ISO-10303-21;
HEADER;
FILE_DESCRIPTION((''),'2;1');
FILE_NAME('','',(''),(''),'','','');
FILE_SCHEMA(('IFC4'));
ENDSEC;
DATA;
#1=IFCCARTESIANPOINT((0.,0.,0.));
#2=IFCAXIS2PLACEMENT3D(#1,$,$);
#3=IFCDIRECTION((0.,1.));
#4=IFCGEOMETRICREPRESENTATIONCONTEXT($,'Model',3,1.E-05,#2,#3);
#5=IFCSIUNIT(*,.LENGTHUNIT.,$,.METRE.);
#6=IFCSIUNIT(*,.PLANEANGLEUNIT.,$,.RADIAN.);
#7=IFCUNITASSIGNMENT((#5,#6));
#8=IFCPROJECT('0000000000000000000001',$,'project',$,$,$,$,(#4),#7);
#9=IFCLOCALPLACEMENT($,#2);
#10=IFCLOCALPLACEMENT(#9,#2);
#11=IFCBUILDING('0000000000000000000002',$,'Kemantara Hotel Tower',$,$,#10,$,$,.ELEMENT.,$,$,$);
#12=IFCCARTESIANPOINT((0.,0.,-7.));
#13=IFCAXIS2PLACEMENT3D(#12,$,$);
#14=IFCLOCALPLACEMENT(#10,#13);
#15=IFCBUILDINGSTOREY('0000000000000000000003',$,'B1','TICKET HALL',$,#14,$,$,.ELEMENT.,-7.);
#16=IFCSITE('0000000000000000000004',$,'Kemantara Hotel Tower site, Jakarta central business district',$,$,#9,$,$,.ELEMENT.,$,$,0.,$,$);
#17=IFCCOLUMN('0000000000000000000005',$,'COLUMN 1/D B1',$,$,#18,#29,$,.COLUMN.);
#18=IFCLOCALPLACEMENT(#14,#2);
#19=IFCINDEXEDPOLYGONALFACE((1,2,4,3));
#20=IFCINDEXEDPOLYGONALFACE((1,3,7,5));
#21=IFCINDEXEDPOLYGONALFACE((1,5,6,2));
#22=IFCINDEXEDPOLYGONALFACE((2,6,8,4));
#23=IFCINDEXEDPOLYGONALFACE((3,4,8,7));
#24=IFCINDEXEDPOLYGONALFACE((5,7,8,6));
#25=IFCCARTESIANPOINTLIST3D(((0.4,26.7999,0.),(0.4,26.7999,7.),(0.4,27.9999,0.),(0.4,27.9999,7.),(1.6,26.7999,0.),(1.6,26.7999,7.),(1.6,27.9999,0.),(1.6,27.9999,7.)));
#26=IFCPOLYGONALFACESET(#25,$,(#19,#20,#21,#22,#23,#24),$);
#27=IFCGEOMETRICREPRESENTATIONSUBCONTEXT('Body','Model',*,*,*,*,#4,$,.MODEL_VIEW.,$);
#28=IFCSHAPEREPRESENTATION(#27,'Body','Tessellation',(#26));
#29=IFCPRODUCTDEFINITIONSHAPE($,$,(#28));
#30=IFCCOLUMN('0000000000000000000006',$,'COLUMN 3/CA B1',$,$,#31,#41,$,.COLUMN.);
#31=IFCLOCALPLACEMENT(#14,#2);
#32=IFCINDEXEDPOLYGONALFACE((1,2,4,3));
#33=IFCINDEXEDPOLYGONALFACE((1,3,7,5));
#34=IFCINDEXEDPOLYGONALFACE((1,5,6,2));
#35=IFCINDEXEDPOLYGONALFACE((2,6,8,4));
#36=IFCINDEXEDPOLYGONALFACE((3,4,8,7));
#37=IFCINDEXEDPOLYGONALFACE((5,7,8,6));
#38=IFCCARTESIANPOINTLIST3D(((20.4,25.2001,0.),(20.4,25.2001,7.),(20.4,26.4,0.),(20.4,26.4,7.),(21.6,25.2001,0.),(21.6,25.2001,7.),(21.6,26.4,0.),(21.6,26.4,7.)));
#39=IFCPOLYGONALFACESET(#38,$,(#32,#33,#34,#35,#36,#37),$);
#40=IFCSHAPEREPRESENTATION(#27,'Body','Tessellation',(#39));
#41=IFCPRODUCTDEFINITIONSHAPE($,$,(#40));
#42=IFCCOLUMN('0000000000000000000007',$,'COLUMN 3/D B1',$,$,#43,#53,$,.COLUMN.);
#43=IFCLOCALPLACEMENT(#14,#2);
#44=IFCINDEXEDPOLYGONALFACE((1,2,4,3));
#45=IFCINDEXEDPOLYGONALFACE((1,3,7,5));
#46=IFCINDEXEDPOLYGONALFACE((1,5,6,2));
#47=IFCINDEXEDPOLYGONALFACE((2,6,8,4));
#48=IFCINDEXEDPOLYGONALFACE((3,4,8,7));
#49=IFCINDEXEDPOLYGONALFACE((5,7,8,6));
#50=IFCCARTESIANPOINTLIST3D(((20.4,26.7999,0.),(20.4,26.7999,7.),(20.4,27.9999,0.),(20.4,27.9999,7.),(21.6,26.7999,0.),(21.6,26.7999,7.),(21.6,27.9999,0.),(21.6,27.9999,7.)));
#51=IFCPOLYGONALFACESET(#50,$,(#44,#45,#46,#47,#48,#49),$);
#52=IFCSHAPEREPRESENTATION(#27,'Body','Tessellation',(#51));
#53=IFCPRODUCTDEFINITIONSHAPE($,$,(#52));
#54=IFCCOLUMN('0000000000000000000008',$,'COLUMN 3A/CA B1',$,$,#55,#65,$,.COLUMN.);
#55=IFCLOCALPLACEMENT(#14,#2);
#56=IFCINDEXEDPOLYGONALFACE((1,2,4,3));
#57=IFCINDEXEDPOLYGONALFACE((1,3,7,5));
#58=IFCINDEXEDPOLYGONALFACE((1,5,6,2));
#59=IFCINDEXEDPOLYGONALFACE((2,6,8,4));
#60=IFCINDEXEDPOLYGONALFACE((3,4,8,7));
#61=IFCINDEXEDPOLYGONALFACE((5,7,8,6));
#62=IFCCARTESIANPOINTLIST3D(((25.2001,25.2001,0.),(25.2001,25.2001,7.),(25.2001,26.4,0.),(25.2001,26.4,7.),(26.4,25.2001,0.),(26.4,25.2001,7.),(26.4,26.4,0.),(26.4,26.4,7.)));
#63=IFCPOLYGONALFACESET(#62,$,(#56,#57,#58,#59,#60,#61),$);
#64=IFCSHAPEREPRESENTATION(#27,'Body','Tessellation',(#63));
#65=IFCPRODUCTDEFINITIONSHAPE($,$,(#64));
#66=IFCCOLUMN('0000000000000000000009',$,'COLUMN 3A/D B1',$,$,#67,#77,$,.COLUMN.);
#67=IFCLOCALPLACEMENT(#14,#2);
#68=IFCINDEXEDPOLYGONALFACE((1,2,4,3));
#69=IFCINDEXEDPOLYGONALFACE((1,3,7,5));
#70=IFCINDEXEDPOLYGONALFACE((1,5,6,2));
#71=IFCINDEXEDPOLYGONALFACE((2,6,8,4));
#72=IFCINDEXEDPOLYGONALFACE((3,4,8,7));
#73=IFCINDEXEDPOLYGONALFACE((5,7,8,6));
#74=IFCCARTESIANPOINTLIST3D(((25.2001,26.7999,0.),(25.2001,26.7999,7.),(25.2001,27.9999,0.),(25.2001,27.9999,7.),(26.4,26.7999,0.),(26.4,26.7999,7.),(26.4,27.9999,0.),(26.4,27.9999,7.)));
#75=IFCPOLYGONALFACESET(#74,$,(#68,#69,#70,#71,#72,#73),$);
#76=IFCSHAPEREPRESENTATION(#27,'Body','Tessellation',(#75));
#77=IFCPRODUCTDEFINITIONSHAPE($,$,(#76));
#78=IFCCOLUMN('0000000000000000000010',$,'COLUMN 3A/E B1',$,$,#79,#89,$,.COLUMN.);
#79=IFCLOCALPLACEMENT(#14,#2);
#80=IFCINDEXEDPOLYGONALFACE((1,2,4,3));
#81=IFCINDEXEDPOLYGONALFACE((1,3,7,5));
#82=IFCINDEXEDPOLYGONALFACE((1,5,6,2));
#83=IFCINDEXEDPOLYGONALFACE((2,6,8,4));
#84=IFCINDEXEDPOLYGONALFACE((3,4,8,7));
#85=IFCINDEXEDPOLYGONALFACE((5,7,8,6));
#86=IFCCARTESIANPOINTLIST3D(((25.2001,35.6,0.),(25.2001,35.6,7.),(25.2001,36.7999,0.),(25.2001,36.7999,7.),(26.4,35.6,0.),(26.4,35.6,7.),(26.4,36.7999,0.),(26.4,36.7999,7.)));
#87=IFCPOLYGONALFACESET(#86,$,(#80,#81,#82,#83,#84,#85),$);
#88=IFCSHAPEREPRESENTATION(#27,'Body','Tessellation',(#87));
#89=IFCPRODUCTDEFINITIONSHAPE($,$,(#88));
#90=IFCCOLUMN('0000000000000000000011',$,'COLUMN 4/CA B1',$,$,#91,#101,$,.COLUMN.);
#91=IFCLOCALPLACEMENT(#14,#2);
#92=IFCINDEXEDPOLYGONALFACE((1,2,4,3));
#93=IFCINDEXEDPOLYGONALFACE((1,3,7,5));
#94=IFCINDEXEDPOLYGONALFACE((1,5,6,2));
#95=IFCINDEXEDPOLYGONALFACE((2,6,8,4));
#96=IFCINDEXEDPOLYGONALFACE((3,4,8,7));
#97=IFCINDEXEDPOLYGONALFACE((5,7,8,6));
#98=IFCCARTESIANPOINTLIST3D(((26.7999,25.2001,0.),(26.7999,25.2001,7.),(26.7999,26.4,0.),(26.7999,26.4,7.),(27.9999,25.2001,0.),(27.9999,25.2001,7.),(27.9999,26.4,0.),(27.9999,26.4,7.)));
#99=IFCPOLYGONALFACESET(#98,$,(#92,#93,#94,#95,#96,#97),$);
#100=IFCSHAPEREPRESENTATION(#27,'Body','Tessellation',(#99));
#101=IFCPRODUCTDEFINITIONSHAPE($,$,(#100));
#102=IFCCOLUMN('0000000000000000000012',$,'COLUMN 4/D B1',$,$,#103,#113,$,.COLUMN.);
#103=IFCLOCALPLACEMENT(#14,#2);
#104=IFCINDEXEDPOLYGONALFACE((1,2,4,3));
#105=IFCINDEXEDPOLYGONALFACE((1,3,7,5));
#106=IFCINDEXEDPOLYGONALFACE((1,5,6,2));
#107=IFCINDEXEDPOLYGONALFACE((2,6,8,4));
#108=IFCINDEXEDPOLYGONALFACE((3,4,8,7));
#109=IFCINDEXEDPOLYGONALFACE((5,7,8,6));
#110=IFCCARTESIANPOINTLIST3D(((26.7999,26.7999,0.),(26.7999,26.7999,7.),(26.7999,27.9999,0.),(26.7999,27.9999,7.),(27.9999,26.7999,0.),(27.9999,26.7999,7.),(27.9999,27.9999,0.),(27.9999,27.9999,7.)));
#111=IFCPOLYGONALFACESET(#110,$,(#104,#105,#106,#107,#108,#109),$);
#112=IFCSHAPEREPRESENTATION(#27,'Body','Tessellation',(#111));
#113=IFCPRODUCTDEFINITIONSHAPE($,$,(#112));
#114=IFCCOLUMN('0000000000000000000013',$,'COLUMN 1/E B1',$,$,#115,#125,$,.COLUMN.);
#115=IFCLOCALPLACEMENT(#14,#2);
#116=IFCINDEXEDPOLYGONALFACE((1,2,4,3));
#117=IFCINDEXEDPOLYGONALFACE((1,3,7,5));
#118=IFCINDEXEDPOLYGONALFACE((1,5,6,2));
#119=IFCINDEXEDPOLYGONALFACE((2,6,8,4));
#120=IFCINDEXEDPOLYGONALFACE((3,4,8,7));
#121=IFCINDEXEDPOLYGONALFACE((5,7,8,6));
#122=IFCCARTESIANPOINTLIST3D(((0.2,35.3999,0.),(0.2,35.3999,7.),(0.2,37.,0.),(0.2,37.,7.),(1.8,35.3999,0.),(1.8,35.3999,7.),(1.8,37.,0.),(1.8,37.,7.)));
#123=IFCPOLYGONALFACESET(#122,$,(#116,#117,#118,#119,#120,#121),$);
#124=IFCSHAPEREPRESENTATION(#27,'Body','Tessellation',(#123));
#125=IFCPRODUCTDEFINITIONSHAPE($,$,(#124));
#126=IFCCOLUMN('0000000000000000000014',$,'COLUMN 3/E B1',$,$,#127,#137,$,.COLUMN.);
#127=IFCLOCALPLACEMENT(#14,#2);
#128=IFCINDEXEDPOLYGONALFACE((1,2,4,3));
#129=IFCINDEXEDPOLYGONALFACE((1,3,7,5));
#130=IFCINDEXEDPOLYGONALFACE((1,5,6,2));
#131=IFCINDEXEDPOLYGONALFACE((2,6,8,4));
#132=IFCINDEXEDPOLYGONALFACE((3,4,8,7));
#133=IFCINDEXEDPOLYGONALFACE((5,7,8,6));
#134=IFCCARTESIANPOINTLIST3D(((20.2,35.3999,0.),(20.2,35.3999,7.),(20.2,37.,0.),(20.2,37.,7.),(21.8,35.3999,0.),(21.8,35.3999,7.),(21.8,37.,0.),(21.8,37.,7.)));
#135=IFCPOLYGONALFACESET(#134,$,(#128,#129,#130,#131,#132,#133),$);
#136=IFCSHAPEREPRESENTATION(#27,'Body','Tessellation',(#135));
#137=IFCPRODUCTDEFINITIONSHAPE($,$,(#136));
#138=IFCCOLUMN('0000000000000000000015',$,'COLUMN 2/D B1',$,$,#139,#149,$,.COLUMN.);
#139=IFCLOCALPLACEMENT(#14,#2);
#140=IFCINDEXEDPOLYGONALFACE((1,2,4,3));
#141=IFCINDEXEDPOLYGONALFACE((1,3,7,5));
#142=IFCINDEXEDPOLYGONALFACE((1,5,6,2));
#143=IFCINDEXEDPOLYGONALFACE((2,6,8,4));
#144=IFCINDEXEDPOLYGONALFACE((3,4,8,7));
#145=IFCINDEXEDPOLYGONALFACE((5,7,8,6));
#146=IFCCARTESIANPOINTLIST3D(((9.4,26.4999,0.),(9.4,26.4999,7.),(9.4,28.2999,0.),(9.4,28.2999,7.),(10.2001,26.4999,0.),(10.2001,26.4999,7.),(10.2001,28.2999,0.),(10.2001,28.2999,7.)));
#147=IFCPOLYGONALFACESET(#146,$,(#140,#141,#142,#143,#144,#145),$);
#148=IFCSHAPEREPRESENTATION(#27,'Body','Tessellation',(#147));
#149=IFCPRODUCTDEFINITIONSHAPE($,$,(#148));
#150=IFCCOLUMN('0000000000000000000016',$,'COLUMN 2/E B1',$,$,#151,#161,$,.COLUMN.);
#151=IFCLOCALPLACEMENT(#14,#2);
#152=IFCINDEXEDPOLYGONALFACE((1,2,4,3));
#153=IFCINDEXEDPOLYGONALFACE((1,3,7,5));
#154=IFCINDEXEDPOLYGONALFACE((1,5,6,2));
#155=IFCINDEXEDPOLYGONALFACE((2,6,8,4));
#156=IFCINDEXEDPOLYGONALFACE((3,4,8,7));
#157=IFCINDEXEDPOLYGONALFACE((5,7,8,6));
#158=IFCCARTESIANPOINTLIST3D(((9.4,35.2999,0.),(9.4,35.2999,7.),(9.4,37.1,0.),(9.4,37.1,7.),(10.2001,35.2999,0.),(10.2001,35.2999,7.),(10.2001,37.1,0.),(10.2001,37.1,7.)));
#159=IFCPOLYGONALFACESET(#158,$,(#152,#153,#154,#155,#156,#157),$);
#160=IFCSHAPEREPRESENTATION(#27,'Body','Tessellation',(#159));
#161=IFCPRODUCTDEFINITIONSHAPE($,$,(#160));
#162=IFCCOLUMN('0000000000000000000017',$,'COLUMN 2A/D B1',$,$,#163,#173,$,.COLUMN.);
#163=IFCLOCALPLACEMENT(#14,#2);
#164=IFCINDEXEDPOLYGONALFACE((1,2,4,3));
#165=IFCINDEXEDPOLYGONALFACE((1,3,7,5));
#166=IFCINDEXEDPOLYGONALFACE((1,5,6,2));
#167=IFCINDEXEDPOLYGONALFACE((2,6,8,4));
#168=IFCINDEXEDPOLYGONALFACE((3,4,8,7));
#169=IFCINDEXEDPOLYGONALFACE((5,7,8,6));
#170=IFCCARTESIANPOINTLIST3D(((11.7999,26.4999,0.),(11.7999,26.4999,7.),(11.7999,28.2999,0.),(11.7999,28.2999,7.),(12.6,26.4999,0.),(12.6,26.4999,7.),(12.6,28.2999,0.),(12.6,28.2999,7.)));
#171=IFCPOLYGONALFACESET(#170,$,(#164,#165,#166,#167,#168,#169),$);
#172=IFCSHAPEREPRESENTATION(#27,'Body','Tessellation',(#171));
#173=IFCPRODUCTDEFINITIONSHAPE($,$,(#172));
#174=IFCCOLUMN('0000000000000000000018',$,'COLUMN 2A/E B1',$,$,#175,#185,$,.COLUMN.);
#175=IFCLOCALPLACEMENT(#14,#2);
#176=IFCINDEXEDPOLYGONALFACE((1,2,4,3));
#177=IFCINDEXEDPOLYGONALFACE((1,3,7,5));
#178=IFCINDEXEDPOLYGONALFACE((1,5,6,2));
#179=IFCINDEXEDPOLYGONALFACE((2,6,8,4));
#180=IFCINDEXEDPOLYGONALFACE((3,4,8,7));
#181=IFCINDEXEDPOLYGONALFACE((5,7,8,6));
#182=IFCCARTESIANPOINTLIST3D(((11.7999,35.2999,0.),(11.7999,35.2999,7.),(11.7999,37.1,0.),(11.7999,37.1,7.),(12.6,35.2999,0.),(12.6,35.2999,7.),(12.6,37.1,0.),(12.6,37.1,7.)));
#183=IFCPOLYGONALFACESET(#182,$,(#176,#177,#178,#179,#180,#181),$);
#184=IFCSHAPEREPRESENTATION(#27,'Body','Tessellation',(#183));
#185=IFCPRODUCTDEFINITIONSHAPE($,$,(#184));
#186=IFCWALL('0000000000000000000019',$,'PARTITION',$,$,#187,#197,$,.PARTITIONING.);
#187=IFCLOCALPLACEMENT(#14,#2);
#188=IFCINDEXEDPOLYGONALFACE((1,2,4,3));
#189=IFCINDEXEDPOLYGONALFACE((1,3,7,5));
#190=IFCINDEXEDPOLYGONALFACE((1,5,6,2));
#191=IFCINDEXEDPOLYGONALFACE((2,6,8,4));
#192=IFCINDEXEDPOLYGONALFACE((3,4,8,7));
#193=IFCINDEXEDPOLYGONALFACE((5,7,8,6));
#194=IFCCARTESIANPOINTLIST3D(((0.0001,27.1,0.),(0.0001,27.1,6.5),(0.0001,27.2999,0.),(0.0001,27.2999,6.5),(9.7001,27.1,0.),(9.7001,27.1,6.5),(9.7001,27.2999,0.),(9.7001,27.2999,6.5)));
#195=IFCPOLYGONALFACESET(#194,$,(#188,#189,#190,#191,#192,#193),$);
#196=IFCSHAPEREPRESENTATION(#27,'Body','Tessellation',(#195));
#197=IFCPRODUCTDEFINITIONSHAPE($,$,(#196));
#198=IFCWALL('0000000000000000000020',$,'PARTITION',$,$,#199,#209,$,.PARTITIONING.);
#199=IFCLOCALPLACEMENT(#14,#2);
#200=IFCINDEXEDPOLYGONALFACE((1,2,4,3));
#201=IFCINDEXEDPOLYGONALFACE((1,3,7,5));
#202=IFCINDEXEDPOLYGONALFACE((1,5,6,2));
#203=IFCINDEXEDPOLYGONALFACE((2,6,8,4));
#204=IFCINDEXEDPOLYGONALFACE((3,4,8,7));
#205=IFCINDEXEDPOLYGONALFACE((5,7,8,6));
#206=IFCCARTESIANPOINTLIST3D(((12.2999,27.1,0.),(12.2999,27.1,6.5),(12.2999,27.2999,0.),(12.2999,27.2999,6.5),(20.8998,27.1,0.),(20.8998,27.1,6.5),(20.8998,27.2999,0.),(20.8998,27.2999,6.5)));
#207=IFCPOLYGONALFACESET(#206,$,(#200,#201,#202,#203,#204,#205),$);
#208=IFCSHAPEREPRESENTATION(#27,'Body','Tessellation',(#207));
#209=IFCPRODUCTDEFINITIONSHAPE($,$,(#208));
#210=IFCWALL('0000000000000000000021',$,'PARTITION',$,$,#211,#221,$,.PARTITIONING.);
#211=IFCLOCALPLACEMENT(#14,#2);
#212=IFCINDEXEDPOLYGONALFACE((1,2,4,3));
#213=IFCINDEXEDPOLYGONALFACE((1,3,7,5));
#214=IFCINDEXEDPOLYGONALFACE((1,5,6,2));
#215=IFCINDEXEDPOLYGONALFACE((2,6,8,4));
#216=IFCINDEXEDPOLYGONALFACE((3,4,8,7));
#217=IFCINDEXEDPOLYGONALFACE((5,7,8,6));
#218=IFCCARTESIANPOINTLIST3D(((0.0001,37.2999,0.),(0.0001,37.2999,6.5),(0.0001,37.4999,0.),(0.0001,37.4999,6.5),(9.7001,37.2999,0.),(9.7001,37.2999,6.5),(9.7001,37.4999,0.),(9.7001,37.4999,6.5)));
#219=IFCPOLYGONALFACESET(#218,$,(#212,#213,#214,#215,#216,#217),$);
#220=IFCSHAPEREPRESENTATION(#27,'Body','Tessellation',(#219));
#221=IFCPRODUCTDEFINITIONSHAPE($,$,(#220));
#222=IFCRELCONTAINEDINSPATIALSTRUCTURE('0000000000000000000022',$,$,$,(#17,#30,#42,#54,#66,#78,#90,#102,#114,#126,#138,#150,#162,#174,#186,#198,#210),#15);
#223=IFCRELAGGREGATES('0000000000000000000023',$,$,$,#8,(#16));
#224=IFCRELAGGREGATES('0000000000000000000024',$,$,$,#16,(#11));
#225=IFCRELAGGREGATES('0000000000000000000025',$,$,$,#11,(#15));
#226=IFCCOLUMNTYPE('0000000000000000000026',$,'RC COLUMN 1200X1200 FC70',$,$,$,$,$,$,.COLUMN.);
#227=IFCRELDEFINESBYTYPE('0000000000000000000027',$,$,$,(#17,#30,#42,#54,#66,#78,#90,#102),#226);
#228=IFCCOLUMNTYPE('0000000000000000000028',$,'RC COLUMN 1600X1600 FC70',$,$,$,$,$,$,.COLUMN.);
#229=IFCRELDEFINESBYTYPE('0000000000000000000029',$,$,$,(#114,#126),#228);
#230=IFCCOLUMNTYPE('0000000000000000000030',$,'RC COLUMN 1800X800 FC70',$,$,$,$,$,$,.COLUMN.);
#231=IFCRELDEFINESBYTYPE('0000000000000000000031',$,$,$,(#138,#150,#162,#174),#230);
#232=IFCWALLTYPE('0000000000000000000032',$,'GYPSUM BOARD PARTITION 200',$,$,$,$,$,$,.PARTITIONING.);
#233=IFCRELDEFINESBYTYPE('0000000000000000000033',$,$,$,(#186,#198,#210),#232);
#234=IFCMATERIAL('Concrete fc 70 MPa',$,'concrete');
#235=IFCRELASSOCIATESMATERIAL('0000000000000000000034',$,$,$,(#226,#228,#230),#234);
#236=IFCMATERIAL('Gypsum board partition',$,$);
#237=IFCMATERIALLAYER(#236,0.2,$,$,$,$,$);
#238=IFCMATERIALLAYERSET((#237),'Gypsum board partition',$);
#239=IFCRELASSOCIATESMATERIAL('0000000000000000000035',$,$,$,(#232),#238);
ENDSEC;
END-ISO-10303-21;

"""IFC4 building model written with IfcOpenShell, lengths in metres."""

from ifc_helpers import new_model, si_unit, direction, frame, frame_2d, origin, origin_2d, place, context, subcontext, project, spatial, rectangle, extrude, material, layer, layer_set, material_profile, profile_set, type_object, element, save


model = new_model("IFC4")

# Units and contexts
model_context = context("Model", 3, precision=1e-05, world=origin(), true_north=direction((0.0, 1.0)))
body_context = subcontext(model_context, "Body", "Model", "MODEL_VIEW")
ifc_project = project(units=[si_unit("LENGTHUNIT", "METRE"), si_unit("PLANEANGLEUNIT", "RADIAN")], contexts=[model_context])

# Site, building, storey
site_placement = place(None, origin())
site = spatial("IfcSite", under=ifc_project, at=site_placement, Name="Kemantara Hotel Tower site, Jakarta central business district", CompositionType="ELEMENT", RefElevation=0.0)
building_placement = place(site_placement, origin())
building = spatial("IfcBuilding", under=site, at=building_placement, Name="Kemantara Hotel Tower", CompositionType="ELEMENT")
storey_placement = place(building_placement, frame((0.0, 0.0, -7.0)))
storey = spatial("IfcBuildingStorey", under=building, at=storey_placement, Name="B1", Description="TICKET HALL", CompositionType="ELEMENT", Elevation=-7.0)

# Columns
ifc_material_1 = material(Name="Concrete fc 70 MPa", Category="concrete")
ifc_material_profile_1 = material_profile(ifc_material_1, rectangle(XDim=1.2, YDim=1.2, at=origin_2d()), Name="RC 1200X1200")
ifc_profile_set_1 = profile_set([ifc_material_profile_1], Name="Concrete fc 70 MPa")
column_type_1 = type_object("IfcColumnType", Name="RC COLUMN 1200X1200 FC70", PredefinedType="COLUMN", material=ifc_profile_set_1)
for number, where, z_axis, x_axis, name in (
    (1, (1.0, 27.3999, 0.0), (0.0, 0.0, 1.0), (1.0, 0.0, 0.0), "COLUMN 1/D B1"),
    (2, (21.0, 25.8, 0.0), (0.0, 0.0, 1.0), (1.0, 0.0, 0.0), "COLUMN 3/CA B1"),
    (3, (21.0, 27.3999, 0.0), (0.0, 0.0, 1.0), (1.0, 0.0, 0.0), "COLUMN 3/D B1"),
    (4, (25.8, 25.8, 0.0), (0.0, 0.0, 1.0), (1.0, 0.0, 0.0), "COLUMN 3A/CA B1"),
    (5, (25.8, 27.3999, 0.0), (0.0, 0.0, 1.0), (1.0, 0.0, 0.0), "COLUMN 3A/D B1"),
    (6, (25.8, 36.2, 0.0), (0.0, 0.0, 1.0), (1.0, 0.0, 0.0), "COLUMN 3A/E B1"),
    (7, (27.3999, 25.8, 0.0), (0.0, 0.0, 1.0), (1.0, 0.0, 0.0), "COLUMN 4/CA B1"),
    (8, (27.3999, 27.3999, 0.0), (0.0, 0.0, 1.0), (1.0, 0.0, 0.0), "COLUMN 4/D B1"),
):
    element("IfcColumn", number, at=place(storey_placement, frame(where, z_axis=z_axis, x_axis=x_axis)), inside=storey, type_object=column_type_1, Name=name, PredefinedType="COLUMN", context=body_context, shape_type="SweptSolid", body=[
        extrude(rectangle(XDim=1.2, YDim=1.2, at=origin_2d()), origin(), (0.0, 0.0, 1.0), 7.0),
    ])
ifc_material_profile_2 = material_profile(ifc_material_1, rectangle(XDim=1.6001, YDim=1.6001, at=origin_2d()), Name="RC 1600X1600")
ifc_profile_set_2 = profile_set([ifc_material_profile_2], Name="Concrete fc 70 MPa")
column_type_2 = type_object("IfcColumnType", Name="RC COLUMN 1600X1600 FC70", PredefinedType="COLUMN", material=ifc_profile_set_2)
for number, where, z_axis, x_axis, name in (
    (9, (1.0, 36.2, 0.0), (0.0, 0.0, 1.0), (1.0, 0.0, 0.0), "COLUMN 1/E B1"),
    (10, (21.0, 36.2, 0.0), (0.0, 0.0, 1.0), (1.0, 0.0, 0.0), "COLUMN 3/E B1"),
):
    element("IfcColumn", number, at=place(storey_placement, frame(where, z_axis=z_axis, x_axis=x_axis)), inside=storey, type_object=column_type_2, Name=name, PredefinedType="COLUMN", context=body_context, shape_type="SweptSolid", body=[
        extrude(rectangle(XDim=1.6001, YDim=1.6001, at=origin_2d()), origin(), (0.0, 0.0, 1.0), 7.0),
    ])
ifc_material_profile_3 = material_profile(ifc_material_1, rectangle(XDim=1.8, YDim=0.8, at=origin_2d()), Name="RC 1800X800")
ifc_profile_set_3 = profile_set([ifc_material_profile_3], Name="Concrete fc 70 MPa")
column_type_3 = type_object("IfcColumnType", Name="RC COLUMN 1800X800 FC70", PredefinedType="COLUMN", material=ifc_profile_set_3)
for number, where, z_axis, x_axis, name in (
    (11, (9.8, 27.3999, 0.0), (0.0, 0.0, 1.0), (0.0, 1.0, 0.0), "COLUMN 2/D B1"),
    (12, (9.8, 36.2, 0.0), (0.0, 0.0, 1.0), (0.0, 1.0, 0.0), "COLUMN 2/E B1"),
    (13, (12.2, 27.3999, 0.0), (0.0, 0.0, 1.0), (0.0, 1.0, 0.0), "COLUMN 2A/D B1"),
    (14, (12.2, 36.2, 0.0), (0.0, 0.0, 1.0), (0.0, 1.0, 0.0), "COLUMN 2A/E B1"),
):
    element("IfcColumn", number, at=place(storey_placement, frame(where, z_axis=z_axis, x_axis=x_axis)), inside=storey, type_object=column_type_3, Name=name, PredefinedType="COLUMN", context=body_context, shape_type="SweptSolid", body=[
        extrude(rectangle(XDim=1.8, YDim=0.8, at=origin_2d()), origin(), (0.0, 0.0, 1.0), 7.0),
    ])

# Walls
ifc_material_2 = material(Name="Gypsum board partition")
ifc_layer = layer(ifc_material_2, 0.2)
ifc_layer_set = layer_set([ifc_layer], Name="Gypsum board partition")
wall_type = type_object("IfcWallType", Name="GYPSUM BOARD PARTITION 200", PredefinedType="PARTITIONING", material=ifc_layer_set)
wall_1_placement = place(storey_placement, frame((0.0, 27.2, 0.0), z_axis=(0.0, 0.0, 1.0), x_axis=(1.0, 0.0, 0.0)))
element("IfcWall", 15, at=wall_1_placement, inside=storey, type_object=wall_type, Name="PARTITION", PredefinedType="PARTITIONING", context=body_context, shape_type="SweptSolid", body=[
    extrude(rectangle(XDim=9.7, YDim=0.2, at=frame_2d((4.8501, 0.0))), origin(), (0.0, 0.0, 1.0), 6.5),
])
wall_2_placement = place(storey_placement, frame((12.3, 27.2, 0.0), z_axis=(0.0, 0.0, 1.0), x_axis=(1.0, 0.0, 0.0)))
element("IfcWall", 16, at=wall_2_placement, inside=storey, type_object=wall_type, Name="PARTITION", PredefinedType="PARTITIONING", context=body_context, shape_type="SweptSolid", body=[
    extrude(rectangle(XDim=8.5999, YDim=0.2, at=frame_2d((4.2998, 0.0))), origin(), (0.0, 0.0, 1.0), 6.5),
])
wall_3_placement = place(storey_placement, frame((0.0, 37.3999, 0.0), z_axis=(0.0, 0.0, 1.0), x_axis=(1.0, 0.0, 0.0)))
element("IfcWall", 17, at=wall_3_placement, inside=storey, type_object=wall_type, Name="PARTITION", PredefinedType="PARTITIONING", context=body_context, shape_type="SweptSolid", body=[
    extrude(rectangle(XDim=9.7, YDim=0.2, at=frame_2d((4.8501, 0.0))), origin(), (0.0, 0.0, 1.0), 6.5),
])

save(model, "model.ifc")
